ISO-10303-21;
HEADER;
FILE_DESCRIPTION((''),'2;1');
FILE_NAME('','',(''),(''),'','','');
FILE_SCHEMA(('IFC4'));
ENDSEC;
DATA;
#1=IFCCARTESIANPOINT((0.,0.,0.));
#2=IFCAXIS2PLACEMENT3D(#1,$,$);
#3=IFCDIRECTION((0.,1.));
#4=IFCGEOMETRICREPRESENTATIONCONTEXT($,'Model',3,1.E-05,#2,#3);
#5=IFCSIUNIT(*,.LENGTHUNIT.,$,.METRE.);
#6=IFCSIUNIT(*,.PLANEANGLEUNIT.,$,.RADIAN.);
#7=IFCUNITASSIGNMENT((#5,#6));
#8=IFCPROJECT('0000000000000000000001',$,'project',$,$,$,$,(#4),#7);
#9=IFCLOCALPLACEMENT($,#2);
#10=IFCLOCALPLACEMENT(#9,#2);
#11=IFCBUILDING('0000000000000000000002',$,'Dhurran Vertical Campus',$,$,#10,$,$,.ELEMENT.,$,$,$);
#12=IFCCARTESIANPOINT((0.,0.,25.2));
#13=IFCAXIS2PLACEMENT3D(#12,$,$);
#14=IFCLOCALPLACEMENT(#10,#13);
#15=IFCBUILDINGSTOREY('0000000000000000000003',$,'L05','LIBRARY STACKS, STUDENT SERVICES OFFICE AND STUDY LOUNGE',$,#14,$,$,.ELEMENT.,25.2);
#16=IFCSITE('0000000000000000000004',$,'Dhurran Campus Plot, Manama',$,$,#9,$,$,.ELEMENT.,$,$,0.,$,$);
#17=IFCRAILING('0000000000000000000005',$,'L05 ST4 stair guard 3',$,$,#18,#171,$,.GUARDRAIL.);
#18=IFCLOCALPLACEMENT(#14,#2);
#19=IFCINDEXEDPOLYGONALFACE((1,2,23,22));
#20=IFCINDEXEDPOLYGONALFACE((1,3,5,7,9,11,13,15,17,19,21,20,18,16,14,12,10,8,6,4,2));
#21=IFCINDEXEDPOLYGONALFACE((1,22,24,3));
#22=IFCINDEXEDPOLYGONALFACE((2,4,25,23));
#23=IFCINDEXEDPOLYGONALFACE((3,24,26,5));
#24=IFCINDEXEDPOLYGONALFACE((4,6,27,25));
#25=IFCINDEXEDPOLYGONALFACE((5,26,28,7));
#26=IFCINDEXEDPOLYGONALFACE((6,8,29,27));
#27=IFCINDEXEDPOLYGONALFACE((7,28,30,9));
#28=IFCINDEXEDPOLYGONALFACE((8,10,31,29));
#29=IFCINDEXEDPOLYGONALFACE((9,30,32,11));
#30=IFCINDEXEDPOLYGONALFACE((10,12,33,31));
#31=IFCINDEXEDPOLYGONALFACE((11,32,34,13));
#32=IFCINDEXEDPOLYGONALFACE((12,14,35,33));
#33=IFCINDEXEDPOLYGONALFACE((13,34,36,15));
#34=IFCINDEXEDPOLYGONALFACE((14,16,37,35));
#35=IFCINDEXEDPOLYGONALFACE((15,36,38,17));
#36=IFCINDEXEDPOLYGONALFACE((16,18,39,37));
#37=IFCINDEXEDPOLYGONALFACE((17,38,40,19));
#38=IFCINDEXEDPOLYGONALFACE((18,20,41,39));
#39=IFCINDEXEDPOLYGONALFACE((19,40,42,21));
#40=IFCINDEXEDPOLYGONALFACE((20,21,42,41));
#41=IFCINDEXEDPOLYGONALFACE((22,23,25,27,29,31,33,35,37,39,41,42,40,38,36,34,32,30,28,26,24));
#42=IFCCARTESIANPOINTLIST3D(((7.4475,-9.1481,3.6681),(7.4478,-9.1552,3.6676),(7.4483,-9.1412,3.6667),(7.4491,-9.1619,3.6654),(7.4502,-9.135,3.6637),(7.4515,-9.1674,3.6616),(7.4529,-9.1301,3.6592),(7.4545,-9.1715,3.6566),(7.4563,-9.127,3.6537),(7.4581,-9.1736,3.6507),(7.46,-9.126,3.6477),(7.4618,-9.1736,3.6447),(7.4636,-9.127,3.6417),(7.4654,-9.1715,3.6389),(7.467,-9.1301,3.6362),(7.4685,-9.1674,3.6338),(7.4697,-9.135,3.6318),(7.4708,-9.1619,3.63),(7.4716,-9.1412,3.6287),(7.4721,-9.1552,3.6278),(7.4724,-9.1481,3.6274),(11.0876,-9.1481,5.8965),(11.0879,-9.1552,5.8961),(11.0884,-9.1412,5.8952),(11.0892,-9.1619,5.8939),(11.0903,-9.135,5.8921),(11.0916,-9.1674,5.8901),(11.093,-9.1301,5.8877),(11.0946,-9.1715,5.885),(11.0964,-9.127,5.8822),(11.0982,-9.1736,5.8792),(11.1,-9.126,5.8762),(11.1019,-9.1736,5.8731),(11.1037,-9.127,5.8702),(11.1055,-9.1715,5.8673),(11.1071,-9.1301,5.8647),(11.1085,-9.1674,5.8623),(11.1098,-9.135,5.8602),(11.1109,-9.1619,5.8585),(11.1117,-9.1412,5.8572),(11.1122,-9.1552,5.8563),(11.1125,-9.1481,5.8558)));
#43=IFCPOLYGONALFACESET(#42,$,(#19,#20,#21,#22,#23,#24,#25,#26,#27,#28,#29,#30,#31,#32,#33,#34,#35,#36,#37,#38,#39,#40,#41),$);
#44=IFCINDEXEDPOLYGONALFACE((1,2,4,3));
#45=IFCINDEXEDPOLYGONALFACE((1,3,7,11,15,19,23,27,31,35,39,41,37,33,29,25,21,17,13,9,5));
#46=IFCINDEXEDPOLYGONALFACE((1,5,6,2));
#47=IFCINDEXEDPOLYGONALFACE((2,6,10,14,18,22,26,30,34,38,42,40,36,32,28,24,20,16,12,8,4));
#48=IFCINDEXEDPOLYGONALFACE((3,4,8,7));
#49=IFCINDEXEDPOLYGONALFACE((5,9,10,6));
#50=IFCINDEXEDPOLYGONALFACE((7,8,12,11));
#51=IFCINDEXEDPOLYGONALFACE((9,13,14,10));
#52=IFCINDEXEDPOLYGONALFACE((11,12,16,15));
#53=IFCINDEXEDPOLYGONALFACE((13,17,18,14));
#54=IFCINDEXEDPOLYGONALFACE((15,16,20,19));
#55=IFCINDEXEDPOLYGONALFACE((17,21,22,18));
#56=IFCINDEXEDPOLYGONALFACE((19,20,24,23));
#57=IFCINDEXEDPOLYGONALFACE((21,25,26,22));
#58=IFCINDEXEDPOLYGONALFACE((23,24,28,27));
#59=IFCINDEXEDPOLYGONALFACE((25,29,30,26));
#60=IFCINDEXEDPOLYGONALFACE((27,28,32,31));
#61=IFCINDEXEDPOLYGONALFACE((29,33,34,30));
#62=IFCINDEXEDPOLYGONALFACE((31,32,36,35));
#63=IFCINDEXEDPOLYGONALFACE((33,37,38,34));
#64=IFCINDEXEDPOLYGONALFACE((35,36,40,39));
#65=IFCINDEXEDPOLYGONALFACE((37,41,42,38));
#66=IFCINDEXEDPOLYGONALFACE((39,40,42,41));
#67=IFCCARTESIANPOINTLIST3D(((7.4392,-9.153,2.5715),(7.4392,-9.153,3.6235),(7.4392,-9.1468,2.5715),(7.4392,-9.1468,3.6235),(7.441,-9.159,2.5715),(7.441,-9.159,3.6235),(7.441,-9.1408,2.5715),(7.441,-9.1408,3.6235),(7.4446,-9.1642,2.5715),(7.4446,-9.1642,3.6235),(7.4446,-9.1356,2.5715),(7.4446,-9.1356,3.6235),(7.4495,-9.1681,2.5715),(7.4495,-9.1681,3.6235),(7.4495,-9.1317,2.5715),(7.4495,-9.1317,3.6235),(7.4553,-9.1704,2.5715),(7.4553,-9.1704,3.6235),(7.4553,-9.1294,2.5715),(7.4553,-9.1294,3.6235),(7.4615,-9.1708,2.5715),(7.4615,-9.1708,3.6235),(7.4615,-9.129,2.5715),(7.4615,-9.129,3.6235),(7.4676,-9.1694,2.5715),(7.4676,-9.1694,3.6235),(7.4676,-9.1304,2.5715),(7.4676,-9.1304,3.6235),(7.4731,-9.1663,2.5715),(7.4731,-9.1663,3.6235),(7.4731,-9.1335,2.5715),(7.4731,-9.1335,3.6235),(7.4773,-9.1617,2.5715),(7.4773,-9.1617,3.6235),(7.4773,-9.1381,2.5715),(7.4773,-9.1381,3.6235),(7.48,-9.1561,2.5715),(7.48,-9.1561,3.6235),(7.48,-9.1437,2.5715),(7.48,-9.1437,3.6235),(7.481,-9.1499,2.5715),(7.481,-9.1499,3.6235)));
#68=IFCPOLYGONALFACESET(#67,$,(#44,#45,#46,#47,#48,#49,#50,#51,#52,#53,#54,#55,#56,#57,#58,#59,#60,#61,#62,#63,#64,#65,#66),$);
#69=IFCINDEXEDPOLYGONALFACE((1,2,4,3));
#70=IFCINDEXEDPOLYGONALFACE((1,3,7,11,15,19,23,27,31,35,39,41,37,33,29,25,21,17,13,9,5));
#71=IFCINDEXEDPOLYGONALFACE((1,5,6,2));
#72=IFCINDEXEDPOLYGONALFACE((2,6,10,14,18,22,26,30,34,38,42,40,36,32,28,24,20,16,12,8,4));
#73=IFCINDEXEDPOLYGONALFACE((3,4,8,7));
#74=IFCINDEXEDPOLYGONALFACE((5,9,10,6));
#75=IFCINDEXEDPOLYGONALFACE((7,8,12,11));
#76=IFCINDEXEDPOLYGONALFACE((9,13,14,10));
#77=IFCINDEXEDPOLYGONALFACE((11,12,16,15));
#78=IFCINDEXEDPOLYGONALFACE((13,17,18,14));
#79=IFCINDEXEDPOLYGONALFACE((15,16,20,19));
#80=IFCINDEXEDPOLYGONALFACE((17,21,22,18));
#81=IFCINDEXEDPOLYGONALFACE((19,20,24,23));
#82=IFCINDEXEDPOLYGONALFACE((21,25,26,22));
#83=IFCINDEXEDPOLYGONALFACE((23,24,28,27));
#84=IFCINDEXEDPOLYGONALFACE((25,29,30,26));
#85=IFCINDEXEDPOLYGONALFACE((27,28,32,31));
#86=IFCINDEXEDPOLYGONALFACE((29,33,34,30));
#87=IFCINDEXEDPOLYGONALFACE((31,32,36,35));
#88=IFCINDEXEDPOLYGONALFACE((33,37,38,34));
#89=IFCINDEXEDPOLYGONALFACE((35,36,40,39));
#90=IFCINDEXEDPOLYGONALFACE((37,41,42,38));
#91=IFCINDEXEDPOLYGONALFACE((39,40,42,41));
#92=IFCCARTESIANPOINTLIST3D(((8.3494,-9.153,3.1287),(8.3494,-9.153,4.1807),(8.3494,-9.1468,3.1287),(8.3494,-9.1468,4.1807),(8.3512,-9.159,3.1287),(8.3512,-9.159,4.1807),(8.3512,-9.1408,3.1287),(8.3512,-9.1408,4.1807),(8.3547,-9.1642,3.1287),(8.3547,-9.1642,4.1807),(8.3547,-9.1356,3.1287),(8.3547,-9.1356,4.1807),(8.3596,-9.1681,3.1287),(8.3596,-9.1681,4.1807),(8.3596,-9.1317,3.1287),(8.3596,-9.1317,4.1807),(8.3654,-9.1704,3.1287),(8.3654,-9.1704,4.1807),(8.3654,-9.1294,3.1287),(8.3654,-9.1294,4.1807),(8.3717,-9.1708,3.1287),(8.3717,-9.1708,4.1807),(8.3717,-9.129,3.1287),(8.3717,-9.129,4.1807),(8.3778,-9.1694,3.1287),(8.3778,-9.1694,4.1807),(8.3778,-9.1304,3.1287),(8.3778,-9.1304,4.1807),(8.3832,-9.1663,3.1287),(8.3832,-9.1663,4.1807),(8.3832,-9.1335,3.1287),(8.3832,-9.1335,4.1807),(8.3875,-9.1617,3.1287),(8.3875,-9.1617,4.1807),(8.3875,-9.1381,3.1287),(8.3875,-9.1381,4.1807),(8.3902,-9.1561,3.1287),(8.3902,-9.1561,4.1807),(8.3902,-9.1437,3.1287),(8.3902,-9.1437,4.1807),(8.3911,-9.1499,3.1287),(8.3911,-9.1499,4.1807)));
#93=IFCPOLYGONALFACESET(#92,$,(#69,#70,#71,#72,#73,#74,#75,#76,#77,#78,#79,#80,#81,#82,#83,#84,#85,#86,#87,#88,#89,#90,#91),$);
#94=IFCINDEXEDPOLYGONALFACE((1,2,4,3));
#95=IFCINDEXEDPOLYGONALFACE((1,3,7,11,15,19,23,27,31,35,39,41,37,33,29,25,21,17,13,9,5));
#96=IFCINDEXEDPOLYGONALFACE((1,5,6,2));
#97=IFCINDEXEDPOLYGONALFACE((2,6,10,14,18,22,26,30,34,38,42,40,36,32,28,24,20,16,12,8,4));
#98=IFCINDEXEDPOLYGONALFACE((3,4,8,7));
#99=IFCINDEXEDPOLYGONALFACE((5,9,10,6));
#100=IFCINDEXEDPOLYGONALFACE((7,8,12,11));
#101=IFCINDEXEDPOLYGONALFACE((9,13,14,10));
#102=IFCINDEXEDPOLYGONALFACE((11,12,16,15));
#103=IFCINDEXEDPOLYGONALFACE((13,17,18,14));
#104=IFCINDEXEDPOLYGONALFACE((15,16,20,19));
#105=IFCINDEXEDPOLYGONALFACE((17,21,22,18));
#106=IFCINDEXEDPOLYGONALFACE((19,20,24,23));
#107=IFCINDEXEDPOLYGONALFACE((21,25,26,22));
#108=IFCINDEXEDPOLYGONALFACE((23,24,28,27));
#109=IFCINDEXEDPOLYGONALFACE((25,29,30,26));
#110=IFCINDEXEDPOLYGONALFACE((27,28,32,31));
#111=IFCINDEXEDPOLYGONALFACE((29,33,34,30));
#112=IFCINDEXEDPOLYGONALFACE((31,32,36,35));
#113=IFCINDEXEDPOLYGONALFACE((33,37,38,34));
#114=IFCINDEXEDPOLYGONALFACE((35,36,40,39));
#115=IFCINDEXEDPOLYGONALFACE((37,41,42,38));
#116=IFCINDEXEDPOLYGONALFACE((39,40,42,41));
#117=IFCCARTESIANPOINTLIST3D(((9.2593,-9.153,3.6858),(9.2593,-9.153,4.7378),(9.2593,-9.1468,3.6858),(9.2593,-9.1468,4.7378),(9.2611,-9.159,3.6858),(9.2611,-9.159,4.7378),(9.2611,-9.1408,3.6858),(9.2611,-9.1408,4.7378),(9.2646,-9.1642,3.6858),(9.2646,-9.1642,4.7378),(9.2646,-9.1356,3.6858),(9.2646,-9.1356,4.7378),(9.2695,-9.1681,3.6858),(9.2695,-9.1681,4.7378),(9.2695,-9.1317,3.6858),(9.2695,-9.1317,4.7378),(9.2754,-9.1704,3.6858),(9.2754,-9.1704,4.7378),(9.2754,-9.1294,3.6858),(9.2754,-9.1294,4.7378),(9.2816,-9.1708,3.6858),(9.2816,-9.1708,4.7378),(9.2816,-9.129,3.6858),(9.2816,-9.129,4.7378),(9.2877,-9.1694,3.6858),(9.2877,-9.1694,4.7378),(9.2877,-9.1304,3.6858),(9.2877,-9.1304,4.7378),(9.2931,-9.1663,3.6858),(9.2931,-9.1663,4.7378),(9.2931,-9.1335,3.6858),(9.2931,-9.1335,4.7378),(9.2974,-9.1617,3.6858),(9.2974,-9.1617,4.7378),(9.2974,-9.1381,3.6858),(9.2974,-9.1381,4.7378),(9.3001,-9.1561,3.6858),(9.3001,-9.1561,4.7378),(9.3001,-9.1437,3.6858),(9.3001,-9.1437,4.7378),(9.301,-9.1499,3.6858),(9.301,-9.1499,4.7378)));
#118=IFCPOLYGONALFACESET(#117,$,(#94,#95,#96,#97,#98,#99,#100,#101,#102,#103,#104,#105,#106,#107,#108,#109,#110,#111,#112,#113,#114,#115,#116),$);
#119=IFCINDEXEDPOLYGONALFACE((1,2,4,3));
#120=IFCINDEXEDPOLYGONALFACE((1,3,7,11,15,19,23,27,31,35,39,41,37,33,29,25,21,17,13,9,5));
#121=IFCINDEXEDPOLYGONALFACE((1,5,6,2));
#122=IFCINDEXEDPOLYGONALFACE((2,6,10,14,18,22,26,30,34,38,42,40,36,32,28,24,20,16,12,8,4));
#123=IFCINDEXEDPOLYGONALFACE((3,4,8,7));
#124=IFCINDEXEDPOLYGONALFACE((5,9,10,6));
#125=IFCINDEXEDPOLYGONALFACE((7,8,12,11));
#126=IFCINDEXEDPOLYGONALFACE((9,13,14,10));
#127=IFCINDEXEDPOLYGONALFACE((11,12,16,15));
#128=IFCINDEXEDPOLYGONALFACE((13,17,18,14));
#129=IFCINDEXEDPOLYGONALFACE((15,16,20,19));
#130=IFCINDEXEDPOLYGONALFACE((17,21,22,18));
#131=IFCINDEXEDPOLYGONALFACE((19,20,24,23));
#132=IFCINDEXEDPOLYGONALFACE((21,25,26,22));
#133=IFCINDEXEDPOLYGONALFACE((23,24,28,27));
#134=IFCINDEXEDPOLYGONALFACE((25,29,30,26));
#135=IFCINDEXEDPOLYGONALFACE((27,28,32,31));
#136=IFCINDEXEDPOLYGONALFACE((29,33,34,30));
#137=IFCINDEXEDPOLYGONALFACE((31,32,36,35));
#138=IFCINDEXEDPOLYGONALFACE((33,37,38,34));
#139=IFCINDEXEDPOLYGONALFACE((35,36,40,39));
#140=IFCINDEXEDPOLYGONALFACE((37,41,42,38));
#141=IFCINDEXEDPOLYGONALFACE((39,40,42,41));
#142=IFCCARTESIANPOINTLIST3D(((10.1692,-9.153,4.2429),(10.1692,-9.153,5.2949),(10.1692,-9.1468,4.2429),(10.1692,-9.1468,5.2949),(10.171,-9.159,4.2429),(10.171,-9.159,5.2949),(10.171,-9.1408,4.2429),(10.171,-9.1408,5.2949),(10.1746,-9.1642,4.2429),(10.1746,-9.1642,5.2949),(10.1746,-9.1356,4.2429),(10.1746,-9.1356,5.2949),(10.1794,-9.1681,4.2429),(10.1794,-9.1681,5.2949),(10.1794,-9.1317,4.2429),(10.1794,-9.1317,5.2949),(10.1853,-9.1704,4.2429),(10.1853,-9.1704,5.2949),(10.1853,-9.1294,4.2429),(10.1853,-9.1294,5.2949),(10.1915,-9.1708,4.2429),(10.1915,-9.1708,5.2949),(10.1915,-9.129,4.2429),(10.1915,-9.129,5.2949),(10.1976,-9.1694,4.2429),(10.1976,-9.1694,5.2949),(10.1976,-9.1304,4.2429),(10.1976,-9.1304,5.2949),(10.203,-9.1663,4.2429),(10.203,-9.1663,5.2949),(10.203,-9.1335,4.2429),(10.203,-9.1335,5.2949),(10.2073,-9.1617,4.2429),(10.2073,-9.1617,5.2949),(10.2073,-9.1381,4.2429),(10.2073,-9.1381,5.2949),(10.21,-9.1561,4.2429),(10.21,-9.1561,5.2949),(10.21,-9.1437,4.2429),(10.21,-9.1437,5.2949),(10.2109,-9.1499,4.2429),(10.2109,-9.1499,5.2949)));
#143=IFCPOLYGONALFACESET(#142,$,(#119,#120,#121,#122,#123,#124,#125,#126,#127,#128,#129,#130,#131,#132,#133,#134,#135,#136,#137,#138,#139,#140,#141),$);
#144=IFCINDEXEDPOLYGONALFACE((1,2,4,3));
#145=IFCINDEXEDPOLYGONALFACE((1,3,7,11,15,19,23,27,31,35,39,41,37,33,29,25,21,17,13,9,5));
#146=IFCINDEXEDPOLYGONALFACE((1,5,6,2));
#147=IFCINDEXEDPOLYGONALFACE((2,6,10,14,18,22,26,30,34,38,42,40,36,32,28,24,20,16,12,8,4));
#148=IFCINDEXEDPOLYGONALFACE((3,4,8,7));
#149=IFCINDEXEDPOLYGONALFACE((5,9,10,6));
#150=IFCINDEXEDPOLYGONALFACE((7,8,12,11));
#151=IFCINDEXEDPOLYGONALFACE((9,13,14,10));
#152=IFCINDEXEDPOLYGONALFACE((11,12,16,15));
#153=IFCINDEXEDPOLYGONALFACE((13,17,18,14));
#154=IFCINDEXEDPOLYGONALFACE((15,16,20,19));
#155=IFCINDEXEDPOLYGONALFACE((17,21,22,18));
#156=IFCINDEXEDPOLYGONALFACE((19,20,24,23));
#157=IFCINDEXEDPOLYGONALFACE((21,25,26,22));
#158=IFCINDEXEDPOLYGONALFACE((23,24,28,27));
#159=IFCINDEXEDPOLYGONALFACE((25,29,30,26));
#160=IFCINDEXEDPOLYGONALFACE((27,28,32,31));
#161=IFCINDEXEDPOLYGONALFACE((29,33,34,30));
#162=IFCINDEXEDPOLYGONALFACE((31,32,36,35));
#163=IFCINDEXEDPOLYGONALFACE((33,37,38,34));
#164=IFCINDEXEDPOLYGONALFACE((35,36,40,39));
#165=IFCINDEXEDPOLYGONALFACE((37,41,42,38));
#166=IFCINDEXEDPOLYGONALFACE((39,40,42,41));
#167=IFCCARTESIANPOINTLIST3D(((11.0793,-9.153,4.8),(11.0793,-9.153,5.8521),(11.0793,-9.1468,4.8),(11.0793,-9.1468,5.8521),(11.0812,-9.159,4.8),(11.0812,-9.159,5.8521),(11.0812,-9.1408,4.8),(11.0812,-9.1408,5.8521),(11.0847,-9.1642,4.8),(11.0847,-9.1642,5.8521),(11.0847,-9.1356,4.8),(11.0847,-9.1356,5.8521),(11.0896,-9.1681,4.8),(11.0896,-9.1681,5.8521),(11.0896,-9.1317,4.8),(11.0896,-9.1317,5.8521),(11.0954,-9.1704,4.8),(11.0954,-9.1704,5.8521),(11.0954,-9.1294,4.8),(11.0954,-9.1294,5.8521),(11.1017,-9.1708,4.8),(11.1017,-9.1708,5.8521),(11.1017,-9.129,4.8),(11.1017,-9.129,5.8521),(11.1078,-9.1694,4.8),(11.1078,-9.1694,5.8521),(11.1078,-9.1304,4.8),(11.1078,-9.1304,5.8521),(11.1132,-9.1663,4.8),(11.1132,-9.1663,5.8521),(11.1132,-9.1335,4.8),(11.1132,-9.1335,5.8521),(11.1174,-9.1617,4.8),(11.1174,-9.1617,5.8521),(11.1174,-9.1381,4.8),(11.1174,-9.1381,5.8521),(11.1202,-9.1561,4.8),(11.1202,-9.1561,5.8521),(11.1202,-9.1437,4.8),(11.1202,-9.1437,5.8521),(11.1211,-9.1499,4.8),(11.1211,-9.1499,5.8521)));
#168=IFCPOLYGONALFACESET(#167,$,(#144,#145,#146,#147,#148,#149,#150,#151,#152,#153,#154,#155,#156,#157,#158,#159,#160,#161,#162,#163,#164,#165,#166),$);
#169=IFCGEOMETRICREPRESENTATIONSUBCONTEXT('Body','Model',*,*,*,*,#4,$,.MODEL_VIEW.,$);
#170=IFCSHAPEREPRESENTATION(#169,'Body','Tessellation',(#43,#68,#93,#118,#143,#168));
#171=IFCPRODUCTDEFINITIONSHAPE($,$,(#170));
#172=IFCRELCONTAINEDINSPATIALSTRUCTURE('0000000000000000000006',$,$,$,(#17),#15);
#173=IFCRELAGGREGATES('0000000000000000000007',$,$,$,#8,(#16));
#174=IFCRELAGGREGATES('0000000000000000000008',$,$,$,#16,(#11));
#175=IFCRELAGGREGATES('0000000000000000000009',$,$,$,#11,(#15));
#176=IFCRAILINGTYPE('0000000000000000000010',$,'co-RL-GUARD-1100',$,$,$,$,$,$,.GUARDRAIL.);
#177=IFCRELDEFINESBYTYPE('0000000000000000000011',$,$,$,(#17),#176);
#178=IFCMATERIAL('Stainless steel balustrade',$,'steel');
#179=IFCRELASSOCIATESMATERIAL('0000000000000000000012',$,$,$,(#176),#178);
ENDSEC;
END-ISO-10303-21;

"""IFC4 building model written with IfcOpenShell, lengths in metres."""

from ifc_helpers import new_model, si_unit, direction, frame, origin, origin_2d, place, context, subcontext, project, spatial, circle, extrude, material, type_object, element, save


model = new_model("IFC4")

# Units and contexts
model_context = context("Model", 3, precision=1e-05, world=origin(), true_north=direction((0.0, 1.0)))
body_context = subcontext(model_context, "Body", "Model", "MODEL_VIEW")
ifc_project = project(units=[si_unit("LENGTHUNIT", "METRE"), si_unit("PLANEANGLEUNIT", "RADIAN")], contexts=[model_context])

# Site, building, storey
site_placement = place(None, origin())
site = spatial("IfcSite", under=ifc_project, at=site_placement, Name="Dhurran Campus Plot, Manama", CompositionType="ELEMENT", RefElevation=0.0)
building_placement = place(site_placement, origin())
building = spatial("IfcBuilding", under=site, at=building_placement, Name="Dhurran Vertical Campus", CompositionType="ELEMENT")
storey_placement = place(building_placement, frame((0.0, 0.0, 25.2)))
storey = spatial("IfcBuildingStorey", under=building, at=storey_placement, Name="L05", Description="LIBRARY STACKS, STUDENT SERVICES OFFICE AND STUDY LOUNGE", CompositionType="ELEMENT", Elevation=25.2)

# Railing
ifc_material_1 = material(Name="Stainless steel balustrade", Category="steel")
railing_type_1 = type_object("IfcRailingType", Name="co-RL-GUARD-1100", PredefinedType="GUARDRAIL", material=ifc_material_1)
railing_1_placement = place(storey_placement, frame((7.46, -9.1499, 2.5715)))
element("IfcRailing", 1, at=railing_1_placement, inside=storey, type_object=railing_type_1, Name="L05 ST4 stair guard 3", PredefinedType="GUARDRAIL", context=body_context, shape_type="SweptSolid", body=[
    extrude(circle(Radius=0.0239, at=origin_2d()), frame((0.0, 0.0, 1.0762), z_axis=(0.852866, 0.0, 0.52213), x_axis=(0.0, 1.0, 0.0)), (0.0, 0.0, 1.0), 4.2681),
    extrude(circle(Radius=0.021, at=origin_2d()), origin(), (0.0, 0.0, 1.0), 1.052),
    extrude(circle(Radius=0.021, at=origin_2d()), frame((0.9102, 0.0, 0.5571)), (0.0, 0.0, 1.0), 1.052),
    extrude(circle(Radius=0.021, at=origin_2d()), frame((1.8201, 0.0, 1.1143)), (0.0, 0.0, 1.0), 1.052),
    extrude(circle(Radius=0.021, at=origin_2d()), frame((2.73, 0.0, 1.6714)), (0.0, 0.0, 1.0), 1.052),
    extrude(circle(Radius=0.021, at=origin_2d()), frame((3.6401, 0.0, 2.2285)), (0.0, 0.0, 1.0), 1.052),
])

save(model, "model.ifc")
